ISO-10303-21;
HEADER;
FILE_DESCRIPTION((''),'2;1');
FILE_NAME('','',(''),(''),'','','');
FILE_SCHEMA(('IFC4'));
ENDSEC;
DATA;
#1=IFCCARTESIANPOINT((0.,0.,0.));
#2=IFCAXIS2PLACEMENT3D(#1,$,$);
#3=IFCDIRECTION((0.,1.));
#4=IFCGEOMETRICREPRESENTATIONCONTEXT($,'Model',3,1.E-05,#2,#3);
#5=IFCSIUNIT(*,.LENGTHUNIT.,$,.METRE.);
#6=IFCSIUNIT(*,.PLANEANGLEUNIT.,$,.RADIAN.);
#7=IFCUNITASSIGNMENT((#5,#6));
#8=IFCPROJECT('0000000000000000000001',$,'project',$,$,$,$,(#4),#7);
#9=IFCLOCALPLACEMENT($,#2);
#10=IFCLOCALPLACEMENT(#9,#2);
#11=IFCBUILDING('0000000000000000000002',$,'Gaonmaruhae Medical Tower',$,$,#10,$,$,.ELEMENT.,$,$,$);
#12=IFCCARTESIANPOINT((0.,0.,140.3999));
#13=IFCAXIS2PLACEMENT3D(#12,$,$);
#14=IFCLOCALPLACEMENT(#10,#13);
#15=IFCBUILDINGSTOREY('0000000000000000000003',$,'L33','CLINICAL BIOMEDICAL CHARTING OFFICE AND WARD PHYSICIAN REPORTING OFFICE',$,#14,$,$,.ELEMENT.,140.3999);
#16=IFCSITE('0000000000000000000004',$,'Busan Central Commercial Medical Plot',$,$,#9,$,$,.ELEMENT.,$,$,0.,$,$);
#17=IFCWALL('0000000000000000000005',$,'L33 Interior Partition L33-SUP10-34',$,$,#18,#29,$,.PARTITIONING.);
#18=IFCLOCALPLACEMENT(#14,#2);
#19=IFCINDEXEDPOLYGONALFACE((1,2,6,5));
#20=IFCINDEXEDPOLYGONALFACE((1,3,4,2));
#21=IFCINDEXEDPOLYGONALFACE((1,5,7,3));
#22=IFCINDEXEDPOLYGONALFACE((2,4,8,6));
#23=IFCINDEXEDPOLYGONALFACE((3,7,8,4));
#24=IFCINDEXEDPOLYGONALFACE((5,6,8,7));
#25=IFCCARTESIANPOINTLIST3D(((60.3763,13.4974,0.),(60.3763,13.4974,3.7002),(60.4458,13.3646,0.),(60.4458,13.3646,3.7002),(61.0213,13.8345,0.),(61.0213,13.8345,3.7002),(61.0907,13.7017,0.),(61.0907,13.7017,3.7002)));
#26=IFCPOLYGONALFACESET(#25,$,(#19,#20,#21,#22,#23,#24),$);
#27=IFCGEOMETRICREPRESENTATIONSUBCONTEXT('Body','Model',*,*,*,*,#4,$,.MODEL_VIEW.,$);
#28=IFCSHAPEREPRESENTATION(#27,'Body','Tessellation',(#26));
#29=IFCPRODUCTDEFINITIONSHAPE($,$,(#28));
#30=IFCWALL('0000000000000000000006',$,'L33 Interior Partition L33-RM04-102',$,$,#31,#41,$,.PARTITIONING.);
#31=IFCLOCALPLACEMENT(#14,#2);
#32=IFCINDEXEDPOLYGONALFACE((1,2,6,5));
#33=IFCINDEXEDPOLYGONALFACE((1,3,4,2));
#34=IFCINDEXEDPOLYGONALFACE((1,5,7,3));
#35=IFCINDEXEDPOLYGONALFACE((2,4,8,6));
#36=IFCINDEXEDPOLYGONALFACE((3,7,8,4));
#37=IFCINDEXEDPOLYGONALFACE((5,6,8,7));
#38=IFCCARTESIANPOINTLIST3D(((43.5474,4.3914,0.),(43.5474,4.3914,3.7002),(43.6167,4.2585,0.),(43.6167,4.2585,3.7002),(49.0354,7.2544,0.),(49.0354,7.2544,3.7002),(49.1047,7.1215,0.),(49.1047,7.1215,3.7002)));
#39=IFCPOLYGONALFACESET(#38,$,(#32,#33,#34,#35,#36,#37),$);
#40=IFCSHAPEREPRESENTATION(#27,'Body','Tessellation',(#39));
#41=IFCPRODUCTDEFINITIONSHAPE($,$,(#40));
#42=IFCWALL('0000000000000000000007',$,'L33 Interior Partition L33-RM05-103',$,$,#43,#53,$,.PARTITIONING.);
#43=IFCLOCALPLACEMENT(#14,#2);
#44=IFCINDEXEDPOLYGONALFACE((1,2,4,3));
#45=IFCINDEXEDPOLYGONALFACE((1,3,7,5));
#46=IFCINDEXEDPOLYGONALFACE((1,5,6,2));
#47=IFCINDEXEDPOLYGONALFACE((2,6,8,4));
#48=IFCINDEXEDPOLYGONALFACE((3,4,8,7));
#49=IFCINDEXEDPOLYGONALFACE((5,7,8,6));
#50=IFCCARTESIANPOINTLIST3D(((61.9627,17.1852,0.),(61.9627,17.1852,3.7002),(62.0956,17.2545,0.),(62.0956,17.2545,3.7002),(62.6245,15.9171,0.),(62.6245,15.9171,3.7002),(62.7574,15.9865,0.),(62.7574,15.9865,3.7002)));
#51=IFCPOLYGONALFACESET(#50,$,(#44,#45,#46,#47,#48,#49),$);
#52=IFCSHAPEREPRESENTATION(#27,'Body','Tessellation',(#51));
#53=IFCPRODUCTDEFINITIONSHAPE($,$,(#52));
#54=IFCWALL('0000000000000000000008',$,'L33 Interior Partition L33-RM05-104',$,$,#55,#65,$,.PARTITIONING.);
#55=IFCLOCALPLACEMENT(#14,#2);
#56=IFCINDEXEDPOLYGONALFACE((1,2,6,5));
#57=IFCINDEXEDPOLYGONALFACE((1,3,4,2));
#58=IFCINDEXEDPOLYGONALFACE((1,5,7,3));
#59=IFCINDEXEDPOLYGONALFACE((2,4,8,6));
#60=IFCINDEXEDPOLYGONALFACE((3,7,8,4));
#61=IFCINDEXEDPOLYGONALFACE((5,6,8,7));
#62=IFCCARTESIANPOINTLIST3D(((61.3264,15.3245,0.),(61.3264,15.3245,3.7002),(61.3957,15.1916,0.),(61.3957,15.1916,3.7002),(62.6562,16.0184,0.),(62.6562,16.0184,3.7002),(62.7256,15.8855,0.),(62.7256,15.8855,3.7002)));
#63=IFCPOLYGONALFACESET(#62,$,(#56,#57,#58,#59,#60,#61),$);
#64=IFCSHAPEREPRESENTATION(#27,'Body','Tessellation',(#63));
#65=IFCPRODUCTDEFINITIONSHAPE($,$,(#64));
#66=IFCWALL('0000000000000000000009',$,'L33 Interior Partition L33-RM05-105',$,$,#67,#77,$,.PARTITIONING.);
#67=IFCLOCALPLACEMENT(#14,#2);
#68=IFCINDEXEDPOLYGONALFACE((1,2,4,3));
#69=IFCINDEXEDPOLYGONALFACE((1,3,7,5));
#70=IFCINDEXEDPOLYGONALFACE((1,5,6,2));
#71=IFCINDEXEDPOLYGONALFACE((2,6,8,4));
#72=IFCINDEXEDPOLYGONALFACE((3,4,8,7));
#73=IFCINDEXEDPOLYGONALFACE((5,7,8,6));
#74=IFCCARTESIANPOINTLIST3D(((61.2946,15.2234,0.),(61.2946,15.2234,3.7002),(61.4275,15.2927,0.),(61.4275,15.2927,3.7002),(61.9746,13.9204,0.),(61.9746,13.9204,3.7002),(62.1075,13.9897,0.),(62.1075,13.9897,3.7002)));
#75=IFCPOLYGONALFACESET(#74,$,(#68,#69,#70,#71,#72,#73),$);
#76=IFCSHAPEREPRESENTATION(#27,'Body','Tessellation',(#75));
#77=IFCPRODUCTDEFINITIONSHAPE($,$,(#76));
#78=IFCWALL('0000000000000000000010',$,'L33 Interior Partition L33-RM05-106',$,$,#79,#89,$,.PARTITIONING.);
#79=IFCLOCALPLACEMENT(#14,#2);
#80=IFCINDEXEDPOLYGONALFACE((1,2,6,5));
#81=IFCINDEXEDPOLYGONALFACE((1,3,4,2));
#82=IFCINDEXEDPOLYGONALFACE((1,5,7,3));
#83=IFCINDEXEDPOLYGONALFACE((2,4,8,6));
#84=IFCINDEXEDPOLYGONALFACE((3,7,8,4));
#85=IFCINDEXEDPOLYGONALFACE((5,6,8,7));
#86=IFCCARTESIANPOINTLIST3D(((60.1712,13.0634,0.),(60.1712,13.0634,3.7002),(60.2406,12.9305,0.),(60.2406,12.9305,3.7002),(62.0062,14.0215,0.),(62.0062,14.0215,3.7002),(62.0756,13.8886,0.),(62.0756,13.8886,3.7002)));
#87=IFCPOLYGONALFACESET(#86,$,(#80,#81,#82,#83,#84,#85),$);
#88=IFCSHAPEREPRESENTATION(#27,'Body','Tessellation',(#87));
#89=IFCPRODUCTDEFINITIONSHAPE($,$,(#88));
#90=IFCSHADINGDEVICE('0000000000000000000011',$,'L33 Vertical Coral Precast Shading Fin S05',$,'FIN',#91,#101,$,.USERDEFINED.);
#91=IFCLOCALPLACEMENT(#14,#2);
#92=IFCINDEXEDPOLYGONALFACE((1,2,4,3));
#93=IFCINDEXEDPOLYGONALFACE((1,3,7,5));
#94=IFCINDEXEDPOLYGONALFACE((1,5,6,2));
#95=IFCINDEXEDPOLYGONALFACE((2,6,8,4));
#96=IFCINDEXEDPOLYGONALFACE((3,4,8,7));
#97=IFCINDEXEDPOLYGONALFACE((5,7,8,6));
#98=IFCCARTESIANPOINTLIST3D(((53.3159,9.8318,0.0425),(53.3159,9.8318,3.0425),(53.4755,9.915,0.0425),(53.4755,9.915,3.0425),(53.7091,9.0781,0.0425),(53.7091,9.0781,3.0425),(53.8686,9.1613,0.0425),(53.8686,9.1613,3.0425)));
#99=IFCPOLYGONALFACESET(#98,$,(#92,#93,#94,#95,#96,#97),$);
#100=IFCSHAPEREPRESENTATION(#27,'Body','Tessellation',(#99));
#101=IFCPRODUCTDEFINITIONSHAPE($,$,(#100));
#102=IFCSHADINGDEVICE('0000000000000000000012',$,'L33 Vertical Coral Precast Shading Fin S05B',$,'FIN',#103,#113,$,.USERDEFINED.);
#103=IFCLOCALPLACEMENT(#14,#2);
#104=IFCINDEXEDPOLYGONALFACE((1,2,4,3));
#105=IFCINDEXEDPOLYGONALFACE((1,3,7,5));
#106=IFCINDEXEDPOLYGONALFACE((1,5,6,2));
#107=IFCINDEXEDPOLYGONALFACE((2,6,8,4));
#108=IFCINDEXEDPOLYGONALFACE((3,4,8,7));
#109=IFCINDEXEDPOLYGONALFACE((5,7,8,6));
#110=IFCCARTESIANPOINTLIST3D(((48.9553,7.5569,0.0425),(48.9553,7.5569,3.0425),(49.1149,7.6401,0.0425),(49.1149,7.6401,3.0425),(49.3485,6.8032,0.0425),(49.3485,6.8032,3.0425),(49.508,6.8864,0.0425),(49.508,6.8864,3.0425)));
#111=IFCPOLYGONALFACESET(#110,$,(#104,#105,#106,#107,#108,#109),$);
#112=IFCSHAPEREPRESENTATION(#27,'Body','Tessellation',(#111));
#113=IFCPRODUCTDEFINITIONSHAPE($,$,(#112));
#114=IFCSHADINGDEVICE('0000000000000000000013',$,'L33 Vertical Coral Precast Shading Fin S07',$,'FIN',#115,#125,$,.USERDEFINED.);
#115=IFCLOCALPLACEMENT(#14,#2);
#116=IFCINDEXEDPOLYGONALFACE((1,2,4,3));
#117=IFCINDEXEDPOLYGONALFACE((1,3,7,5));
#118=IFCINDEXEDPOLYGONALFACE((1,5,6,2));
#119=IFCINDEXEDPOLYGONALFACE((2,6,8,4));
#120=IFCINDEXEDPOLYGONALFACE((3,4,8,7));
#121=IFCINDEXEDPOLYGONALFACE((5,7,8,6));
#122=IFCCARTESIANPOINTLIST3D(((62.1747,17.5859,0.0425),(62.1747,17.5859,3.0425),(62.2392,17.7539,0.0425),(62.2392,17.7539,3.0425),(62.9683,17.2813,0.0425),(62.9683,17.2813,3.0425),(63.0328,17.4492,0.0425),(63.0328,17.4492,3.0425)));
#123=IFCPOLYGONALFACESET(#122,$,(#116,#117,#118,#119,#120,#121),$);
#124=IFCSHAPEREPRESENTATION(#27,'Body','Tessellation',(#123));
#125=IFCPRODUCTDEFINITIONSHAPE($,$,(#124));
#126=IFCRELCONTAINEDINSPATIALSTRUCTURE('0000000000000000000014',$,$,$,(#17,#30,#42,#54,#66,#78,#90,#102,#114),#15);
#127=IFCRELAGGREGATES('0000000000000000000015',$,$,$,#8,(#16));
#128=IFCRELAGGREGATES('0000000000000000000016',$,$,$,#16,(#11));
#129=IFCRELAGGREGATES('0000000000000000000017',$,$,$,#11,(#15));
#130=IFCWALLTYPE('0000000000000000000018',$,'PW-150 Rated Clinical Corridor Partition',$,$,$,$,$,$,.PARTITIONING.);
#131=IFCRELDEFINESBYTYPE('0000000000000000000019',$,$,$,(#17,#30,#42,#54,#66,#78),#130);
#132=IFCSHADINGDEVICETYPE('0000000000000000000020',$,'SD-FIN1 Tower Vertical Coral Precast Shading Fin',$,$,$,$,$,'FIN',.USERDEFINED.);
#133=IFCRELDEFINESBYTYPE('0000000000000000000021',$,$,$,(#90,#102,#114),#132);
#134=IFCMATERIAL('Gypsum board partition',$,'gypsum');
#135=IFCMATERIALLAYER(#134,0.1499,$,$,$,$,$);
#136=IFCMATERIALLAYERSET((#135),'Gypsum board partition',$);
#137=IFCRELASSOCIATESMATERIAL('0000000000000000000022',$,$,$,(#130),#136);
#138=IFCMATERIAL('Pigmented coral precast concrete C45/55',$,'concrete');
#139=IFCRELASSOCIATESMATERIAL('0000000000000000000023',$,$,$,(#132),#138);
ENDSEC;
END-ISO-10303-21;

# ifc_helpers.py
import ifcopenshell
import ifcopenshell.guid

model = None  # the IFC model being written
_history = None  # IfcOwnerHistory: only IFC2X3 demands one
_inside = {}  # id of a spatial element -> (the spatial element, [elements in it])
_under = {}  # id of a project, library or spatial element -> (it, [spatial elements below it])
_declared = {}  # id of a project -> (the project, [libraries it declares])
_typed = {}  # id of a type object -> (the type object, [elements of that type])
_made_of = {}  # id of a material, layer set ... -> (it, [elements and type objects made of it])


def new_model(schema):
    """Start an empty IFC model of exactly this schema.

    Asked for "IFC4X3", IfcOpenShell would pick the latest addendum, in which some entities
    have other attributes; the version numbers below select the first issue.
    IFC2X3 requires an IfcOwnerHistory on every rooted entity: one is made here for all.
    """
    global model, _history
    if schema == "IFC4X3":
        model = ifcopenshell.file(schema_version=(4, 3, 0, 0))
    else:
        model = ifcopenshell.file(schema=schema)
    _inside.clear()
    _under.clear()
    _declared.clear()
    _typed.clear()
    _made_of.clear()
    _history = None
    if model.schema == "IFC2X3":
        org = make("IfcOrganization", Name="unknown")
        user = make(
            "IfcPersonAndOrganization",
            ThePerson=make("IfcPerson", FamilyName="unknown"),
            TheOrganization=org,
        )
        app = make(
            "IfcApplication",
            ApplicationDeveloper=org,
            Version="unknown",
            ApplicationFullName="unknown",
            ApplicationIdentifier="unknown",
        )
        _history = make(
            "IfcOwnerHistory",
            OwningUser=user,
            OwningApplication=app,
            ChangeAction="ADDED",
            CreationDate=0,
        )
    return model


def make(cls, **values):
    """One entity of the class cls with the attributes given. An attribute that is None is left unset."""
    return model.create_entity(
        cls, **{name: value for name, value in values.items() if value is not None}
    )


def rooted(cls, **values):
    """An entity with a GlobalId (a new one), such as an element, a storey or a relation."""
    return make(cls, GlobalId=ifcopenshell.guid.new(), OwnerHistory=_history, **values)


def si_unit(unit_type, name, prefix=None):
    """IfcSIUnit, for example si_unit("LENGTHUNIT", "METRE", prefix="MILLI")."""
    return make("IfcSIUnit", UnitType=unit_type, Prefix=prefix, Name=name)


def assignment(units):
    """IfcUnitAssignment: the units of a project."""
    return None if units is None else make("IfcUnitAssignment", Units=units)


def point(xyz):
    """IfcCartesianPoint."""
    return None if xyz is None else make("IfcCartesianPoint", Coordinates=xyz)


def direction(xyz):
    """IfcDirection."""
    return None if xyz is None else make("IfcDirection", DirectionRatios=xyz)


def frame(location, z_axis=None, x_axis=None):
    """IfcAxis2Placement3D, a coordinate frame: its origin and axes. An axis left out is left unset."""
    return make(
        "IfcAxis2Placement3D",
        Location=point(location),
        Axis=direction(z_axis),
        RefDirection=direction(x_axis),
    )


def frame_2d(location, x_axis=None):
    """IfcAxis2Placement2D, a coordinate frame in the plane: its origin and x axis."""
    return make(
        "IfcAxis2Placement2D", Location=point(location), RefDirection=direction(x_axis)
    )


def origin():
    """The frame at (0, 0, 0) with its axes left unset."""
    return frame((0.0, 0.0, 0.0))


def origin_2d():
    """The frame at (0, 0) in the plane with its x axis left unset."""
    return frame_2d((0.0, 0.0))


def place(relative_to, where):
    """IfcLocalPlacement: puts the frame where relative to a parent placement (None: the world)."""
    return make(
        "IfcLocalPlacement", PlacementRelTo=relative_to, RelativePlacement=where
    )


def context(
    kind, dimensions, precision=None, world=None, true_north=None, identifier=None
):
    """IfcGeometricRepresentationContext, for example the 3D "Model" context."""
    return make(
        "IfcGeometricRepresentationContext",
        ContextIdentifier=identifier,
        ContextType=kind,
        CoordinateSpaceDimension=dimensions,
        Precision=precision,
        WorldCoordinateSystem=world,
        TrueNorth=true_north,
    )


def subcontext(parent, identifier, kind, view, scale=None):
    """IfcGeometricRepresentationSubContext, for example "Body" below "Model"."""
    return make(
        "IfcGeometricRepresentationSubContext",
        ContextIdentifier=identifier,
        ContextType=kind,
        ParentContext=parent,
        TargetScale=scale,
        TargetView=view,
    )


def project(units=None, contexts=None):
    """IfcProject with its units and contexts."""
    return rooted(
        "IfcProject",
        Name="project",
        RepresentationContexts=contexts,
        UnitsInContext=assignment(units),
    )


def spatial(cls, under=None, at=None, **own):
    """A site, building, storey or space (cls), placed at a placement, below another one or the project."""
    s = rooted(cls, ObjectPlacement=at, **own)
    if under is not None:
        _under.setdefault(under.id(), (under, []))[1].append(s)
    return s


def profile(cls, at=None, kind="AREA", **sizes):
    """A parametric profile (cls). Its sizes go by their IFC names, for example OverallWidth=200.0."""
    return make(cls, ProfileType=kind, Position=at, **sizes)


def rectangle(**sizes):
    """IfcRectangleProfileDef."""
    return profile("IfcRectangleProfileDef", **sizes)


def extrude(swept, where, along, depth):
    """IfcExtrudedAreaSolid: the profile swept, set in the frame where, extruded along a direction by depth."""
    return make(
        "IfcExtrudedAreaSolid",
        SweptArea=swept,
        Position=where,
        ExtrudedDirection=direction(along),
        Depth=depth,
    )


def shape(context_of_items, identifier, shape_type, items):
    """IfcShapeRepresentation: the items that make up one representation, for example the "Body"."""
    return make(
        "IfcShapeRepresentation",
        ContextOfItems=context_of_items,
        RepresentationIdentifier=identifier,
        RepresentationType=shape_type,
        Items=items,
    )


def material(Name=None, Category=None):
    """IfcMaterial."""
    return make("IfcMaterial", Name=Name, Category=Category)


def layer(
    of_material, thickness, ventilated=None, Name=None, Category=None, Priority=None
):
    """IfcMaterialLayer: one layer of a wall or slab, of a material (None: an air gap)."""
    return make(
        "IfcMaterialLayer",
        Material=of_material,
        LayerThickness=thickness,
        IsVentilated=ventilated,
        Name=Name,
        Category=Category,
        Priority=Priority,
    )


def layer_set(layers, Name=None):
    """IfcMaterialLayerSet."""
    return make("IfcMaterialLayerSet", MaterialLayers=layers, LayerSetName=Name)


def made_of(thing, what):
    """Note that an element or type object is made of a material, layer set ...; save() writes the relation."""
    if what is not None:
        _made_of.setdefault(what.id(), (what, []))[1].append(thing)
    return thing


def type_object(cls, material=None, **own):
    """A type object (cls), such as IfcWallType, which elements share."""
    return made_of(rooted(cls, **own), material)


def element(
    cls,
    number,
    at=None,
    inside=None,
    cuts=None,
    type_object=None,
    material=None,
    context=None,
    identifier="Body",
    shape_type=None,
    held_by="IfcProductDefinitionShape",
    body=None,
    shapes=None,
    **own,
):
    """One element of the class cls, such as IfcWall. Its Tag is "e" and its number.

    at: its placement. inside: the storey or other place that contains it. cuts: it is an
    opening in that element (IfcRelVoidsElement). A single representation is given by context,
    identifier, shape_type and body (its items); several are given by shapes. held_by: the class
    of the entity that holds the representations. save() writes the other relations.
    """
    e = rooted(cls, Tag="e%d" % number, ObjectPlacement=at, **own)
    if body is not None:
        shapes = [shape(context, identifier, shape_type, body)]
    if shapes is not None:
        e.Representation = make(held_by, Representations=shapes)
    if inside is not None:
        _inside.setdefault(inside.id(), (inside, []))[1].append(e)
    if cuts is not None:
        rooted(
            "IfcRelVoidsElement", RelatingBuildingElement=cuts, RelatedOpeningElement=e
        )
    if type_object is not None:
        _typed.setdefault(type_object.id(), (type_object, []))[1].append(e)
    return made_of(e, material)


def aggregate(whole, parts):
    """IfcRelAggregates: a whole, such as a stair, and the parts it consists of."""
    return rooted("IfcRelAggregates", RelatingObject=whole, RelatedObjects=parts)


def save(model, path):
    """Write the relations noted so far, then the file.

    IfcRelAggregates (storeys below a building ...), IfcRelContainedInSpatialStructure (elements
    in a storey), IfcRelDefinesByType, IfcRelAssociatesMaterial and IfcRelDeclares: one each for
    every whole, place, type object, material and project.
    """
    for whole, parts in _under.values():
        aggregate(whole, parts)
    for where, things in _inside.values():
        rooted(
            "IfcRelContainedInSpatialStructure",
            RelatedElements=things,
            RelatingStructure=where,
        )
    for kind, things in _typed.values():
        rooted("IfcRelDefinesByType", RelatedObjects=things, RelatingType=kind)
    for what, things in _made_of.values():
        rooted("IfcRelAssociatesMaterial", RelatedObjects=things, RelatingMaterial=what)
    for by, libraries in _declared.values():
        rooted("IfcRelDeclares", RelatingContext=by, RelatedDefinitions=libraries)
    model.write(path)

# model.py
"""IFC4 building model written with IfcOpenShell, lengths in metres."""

from ifc_helpers import new_model, si_unit, direction, frame, frame_2d, origin, origin_2d, place, context, subcontext, project, spatial, rectangle, extrude, material, layer, layer_set, type_object, element, save


model = new_model("IFC4")

# Units and contexts
model_context = context("Model", 3, precision=1e-05, world=origin(), true_north=direction((0.0, 1.0)))
body_context = subcontext(model_context, "Body", "Model", "MODEL_VIEW")
ifc_project = project(units=[si_unit("LENGTHUNIT", "METRE"), si_unit("PLANEANGLEUNIT", "RADIAN")], contexts=[model_context])

# Site, building, storey
site_placement = place(None, origin())
site = spatial("IfcSite", under=ifc_project, at=site_placement, Name="Busan Central Commercial Medical Plot", CompositionType="ELEMENT", RefElevation=0.0)
building_placement = place(site_placement, origin())
building = spatial("IfcBuilding", under=site, at=building_placement, Name="Gaonmaruhae Medical Tower", CompositionType="ELEMENT")
storey_placement = place(building_placement, frame((0.0, 0.0, 140.3999)))
storey = spatial("IfcBuildingStorey", under=building, at=storey_placement, Name="L33", Description="CLINICAL BIOMEDICAL CHARTING OFFICE AND WARD PHYSICIAN REPORTING OFFICE", CompositionType="ELEMENT", Elevation=140.3999)

# Walls
ifc_material_1 = material(Name="Gypsum board partition", Category="gypsum")
ifc_layer_1 = layer(ifc_material_1, 0.1499)
ifc_layer_set_1 = layer_set([ifc_layer_1], Name="Gypsum board partition")
wall_type_1 = type_object("IfcWallType", Name="PW-150 Rated Clinical Corridor Partition", PredefinedType="PARTITIONING", material=ifc_layer_set_1)
wall_1_placement = place(storey_placement, frame((61.0559, 13.7681, 0.0), z_axis=(0.0, 0.0, 1.0), x_axis=(-0.886232, -0.463242, 0.0)))
element("IfcWall", 1, at=wall_1_placement, inside=storey, type_object=wall_type_1, Name="L33 Interior Partition L33-SUP10-34", PredefinedType="PARTITIONING", context=body_context, shape_type="SweptSolid", body=[
    extrude(rectangle(XDim=0.7278, YDim=0.1499, at=frame_2d((0.3638, 0.0))), origin(), (0.0, 0.0, 1.0), 3.7002),
])
wall_2_placement = place(storey_placement, frame((49.0701, 7.188, 0.0), z_axis=(0.0, 0.0, 1.0), x_axis=(-0.886604, -0.46253, 0.0)))
element("IfcWall", 2, at=wall_2_placement, inside=storey, type_object=wall_type_1, Name="L33 Interior Partition L33-RM04-102", PredefinedType="PARTITIONING", context=body_context, shape_type="SweptSolid", body=[
    extrude(rectangle(XDim=6.1899, YDim=0.1499, at=frame_2d((3.095, 0.0))), origin(), (0.0, 0.0, 1.0), 3.7002),
])
wall_3_placement = place(storey_placement, frame((62.0291, 17.22, 0.0), z_axis=(0.0, 0.0, 1.0), x_axis=(0.462712, -0.886509, 0.0)))
element("IfcWall", 3, at=wall_3_placement, inside=storey, type_object=wall_type_1, Name="L33 Interior Partition L33-RM05-103", PredefinedType="PARTITIONING", context=body_context, shape_type="SweptSolid", body=[
    extrude(rectangle(XDim=1.4304, YDim=0.1499, at=frame_2d((0.7153, 0.0))), origin(), (0.0, 0.0, 1.0), 3.7002),
])
wall_4_placement = place(storey_placement, frame((62.6909, 15.9519, 0.0), z_axis=(0.0, 0.0, 1.0), x_axis=(-0.886579, -0.462577, 0.0)))
element("IfcWall", 4, at=wall_4_placement, inside=storey, type_object=wall_type_1, Name="L33 Interior Partition L33-RM05-104", PredefinedType="PARTITIONING", context=body_context, shape_type="SweptSolid", body=[
    extrude(rectangle(XDim=1.5, YDim=0.1499, at=frame_2d((0.75, 0.0))), origin(), (0.0, 0.0, 1.0), 3.7002),
])
wall_5_placement = place(storey_placement, frame((61.3611, 15.2581, 0.0), z_axis=(0.0, 0.0, 1.0), x_axis=(0.462628, -0.886552, 0.0)))
element("IfcWall", 5, at=wall_5_placement, inside=storey, type_object=wall_type_1, Name="L33 Interior Partition L33-RM05-105", PredefinedType="PARTITIONING", context=body_context, shape_type="SweptSolid", body=[
    extrude(rectangle(XDim=1.4697, YDim=0.1499, at=frame_2d((0.7349, 0.0))), origin(), (0.0, 0.0, 1.0), 3.7002),
])
wall_6_placement = place(storey_placement, frame((62.041, 13.9551, 0.0), z_axis=(0.0, 0.0, 1.0), x_axis=(-0.886459, -0.462808, 0.0)))
element("IfcWall", 6, at=wall_6_placement, inside=storey, type_object=wall_type_1, Name="L33 Interior Partition L33-RM05-106", PredefinedType="PARTITIONING", context=body_context, shape_type="SweptSolid", body=[
    extrude(rectangle(XDim=2.0701, YDim=0.1499, at=frame_2d((1.0352, 0.0))), origin(), (0.0, 0.0, 1.0), 3.7002),
])

# Shading devices
ifc_material_2 = material(Name="Pigmented coral precast concrete C45/55", Category="concrete")
shading_device_type = type_object("IfcShadingDeviceType", Name="SD-FIN1 Tower Vertical Coral Precast Shading Fin", ElementType="FIN", PredefinedType="USERDEFINED", material=ifc_material_2)
for number, where, z_axis, x_axis, name in (
    (7, (53.5923, 9.4966, 0.0425), (0.0, 0.0, 1.0), (-0.886608, -0.462523, 0.0), "L33 Vertical Coral Precast Shading Fin S05"),
    (8, (49.2317, 7.2217, 0.0425), (0.0, 0.0, 1.0), (-0.886608, -0.462523, 0.0), "L33 Vertical Coral Precast Shading Fin S05B"),
    (9, (62.6038, 17.5176, 0.0425), (0.0, 0.0, 1.0), (-0.358401, -0.933568, 0.0), "L33 Vertical Coral Precast Shading Fin S07"),
):
    element("IfcShadingDevice", number, at=place(storey_placement, frame(where, z_axis=z_axis, x_axis=x_axis)), inside=storey, type_object=shading_device_type, Name=name, ObjectType="FIN", PredefinedType="USERDEFINED", context=body_context, shape_type="SweptSolid", body=[
        extrude(rectangle(XDim=0.1799, YDim=0.8501, at=origin_2d()), origin(), (0.0, 0.0, 1.0), 3.0),
    ])

save(model, "model.ifc")
